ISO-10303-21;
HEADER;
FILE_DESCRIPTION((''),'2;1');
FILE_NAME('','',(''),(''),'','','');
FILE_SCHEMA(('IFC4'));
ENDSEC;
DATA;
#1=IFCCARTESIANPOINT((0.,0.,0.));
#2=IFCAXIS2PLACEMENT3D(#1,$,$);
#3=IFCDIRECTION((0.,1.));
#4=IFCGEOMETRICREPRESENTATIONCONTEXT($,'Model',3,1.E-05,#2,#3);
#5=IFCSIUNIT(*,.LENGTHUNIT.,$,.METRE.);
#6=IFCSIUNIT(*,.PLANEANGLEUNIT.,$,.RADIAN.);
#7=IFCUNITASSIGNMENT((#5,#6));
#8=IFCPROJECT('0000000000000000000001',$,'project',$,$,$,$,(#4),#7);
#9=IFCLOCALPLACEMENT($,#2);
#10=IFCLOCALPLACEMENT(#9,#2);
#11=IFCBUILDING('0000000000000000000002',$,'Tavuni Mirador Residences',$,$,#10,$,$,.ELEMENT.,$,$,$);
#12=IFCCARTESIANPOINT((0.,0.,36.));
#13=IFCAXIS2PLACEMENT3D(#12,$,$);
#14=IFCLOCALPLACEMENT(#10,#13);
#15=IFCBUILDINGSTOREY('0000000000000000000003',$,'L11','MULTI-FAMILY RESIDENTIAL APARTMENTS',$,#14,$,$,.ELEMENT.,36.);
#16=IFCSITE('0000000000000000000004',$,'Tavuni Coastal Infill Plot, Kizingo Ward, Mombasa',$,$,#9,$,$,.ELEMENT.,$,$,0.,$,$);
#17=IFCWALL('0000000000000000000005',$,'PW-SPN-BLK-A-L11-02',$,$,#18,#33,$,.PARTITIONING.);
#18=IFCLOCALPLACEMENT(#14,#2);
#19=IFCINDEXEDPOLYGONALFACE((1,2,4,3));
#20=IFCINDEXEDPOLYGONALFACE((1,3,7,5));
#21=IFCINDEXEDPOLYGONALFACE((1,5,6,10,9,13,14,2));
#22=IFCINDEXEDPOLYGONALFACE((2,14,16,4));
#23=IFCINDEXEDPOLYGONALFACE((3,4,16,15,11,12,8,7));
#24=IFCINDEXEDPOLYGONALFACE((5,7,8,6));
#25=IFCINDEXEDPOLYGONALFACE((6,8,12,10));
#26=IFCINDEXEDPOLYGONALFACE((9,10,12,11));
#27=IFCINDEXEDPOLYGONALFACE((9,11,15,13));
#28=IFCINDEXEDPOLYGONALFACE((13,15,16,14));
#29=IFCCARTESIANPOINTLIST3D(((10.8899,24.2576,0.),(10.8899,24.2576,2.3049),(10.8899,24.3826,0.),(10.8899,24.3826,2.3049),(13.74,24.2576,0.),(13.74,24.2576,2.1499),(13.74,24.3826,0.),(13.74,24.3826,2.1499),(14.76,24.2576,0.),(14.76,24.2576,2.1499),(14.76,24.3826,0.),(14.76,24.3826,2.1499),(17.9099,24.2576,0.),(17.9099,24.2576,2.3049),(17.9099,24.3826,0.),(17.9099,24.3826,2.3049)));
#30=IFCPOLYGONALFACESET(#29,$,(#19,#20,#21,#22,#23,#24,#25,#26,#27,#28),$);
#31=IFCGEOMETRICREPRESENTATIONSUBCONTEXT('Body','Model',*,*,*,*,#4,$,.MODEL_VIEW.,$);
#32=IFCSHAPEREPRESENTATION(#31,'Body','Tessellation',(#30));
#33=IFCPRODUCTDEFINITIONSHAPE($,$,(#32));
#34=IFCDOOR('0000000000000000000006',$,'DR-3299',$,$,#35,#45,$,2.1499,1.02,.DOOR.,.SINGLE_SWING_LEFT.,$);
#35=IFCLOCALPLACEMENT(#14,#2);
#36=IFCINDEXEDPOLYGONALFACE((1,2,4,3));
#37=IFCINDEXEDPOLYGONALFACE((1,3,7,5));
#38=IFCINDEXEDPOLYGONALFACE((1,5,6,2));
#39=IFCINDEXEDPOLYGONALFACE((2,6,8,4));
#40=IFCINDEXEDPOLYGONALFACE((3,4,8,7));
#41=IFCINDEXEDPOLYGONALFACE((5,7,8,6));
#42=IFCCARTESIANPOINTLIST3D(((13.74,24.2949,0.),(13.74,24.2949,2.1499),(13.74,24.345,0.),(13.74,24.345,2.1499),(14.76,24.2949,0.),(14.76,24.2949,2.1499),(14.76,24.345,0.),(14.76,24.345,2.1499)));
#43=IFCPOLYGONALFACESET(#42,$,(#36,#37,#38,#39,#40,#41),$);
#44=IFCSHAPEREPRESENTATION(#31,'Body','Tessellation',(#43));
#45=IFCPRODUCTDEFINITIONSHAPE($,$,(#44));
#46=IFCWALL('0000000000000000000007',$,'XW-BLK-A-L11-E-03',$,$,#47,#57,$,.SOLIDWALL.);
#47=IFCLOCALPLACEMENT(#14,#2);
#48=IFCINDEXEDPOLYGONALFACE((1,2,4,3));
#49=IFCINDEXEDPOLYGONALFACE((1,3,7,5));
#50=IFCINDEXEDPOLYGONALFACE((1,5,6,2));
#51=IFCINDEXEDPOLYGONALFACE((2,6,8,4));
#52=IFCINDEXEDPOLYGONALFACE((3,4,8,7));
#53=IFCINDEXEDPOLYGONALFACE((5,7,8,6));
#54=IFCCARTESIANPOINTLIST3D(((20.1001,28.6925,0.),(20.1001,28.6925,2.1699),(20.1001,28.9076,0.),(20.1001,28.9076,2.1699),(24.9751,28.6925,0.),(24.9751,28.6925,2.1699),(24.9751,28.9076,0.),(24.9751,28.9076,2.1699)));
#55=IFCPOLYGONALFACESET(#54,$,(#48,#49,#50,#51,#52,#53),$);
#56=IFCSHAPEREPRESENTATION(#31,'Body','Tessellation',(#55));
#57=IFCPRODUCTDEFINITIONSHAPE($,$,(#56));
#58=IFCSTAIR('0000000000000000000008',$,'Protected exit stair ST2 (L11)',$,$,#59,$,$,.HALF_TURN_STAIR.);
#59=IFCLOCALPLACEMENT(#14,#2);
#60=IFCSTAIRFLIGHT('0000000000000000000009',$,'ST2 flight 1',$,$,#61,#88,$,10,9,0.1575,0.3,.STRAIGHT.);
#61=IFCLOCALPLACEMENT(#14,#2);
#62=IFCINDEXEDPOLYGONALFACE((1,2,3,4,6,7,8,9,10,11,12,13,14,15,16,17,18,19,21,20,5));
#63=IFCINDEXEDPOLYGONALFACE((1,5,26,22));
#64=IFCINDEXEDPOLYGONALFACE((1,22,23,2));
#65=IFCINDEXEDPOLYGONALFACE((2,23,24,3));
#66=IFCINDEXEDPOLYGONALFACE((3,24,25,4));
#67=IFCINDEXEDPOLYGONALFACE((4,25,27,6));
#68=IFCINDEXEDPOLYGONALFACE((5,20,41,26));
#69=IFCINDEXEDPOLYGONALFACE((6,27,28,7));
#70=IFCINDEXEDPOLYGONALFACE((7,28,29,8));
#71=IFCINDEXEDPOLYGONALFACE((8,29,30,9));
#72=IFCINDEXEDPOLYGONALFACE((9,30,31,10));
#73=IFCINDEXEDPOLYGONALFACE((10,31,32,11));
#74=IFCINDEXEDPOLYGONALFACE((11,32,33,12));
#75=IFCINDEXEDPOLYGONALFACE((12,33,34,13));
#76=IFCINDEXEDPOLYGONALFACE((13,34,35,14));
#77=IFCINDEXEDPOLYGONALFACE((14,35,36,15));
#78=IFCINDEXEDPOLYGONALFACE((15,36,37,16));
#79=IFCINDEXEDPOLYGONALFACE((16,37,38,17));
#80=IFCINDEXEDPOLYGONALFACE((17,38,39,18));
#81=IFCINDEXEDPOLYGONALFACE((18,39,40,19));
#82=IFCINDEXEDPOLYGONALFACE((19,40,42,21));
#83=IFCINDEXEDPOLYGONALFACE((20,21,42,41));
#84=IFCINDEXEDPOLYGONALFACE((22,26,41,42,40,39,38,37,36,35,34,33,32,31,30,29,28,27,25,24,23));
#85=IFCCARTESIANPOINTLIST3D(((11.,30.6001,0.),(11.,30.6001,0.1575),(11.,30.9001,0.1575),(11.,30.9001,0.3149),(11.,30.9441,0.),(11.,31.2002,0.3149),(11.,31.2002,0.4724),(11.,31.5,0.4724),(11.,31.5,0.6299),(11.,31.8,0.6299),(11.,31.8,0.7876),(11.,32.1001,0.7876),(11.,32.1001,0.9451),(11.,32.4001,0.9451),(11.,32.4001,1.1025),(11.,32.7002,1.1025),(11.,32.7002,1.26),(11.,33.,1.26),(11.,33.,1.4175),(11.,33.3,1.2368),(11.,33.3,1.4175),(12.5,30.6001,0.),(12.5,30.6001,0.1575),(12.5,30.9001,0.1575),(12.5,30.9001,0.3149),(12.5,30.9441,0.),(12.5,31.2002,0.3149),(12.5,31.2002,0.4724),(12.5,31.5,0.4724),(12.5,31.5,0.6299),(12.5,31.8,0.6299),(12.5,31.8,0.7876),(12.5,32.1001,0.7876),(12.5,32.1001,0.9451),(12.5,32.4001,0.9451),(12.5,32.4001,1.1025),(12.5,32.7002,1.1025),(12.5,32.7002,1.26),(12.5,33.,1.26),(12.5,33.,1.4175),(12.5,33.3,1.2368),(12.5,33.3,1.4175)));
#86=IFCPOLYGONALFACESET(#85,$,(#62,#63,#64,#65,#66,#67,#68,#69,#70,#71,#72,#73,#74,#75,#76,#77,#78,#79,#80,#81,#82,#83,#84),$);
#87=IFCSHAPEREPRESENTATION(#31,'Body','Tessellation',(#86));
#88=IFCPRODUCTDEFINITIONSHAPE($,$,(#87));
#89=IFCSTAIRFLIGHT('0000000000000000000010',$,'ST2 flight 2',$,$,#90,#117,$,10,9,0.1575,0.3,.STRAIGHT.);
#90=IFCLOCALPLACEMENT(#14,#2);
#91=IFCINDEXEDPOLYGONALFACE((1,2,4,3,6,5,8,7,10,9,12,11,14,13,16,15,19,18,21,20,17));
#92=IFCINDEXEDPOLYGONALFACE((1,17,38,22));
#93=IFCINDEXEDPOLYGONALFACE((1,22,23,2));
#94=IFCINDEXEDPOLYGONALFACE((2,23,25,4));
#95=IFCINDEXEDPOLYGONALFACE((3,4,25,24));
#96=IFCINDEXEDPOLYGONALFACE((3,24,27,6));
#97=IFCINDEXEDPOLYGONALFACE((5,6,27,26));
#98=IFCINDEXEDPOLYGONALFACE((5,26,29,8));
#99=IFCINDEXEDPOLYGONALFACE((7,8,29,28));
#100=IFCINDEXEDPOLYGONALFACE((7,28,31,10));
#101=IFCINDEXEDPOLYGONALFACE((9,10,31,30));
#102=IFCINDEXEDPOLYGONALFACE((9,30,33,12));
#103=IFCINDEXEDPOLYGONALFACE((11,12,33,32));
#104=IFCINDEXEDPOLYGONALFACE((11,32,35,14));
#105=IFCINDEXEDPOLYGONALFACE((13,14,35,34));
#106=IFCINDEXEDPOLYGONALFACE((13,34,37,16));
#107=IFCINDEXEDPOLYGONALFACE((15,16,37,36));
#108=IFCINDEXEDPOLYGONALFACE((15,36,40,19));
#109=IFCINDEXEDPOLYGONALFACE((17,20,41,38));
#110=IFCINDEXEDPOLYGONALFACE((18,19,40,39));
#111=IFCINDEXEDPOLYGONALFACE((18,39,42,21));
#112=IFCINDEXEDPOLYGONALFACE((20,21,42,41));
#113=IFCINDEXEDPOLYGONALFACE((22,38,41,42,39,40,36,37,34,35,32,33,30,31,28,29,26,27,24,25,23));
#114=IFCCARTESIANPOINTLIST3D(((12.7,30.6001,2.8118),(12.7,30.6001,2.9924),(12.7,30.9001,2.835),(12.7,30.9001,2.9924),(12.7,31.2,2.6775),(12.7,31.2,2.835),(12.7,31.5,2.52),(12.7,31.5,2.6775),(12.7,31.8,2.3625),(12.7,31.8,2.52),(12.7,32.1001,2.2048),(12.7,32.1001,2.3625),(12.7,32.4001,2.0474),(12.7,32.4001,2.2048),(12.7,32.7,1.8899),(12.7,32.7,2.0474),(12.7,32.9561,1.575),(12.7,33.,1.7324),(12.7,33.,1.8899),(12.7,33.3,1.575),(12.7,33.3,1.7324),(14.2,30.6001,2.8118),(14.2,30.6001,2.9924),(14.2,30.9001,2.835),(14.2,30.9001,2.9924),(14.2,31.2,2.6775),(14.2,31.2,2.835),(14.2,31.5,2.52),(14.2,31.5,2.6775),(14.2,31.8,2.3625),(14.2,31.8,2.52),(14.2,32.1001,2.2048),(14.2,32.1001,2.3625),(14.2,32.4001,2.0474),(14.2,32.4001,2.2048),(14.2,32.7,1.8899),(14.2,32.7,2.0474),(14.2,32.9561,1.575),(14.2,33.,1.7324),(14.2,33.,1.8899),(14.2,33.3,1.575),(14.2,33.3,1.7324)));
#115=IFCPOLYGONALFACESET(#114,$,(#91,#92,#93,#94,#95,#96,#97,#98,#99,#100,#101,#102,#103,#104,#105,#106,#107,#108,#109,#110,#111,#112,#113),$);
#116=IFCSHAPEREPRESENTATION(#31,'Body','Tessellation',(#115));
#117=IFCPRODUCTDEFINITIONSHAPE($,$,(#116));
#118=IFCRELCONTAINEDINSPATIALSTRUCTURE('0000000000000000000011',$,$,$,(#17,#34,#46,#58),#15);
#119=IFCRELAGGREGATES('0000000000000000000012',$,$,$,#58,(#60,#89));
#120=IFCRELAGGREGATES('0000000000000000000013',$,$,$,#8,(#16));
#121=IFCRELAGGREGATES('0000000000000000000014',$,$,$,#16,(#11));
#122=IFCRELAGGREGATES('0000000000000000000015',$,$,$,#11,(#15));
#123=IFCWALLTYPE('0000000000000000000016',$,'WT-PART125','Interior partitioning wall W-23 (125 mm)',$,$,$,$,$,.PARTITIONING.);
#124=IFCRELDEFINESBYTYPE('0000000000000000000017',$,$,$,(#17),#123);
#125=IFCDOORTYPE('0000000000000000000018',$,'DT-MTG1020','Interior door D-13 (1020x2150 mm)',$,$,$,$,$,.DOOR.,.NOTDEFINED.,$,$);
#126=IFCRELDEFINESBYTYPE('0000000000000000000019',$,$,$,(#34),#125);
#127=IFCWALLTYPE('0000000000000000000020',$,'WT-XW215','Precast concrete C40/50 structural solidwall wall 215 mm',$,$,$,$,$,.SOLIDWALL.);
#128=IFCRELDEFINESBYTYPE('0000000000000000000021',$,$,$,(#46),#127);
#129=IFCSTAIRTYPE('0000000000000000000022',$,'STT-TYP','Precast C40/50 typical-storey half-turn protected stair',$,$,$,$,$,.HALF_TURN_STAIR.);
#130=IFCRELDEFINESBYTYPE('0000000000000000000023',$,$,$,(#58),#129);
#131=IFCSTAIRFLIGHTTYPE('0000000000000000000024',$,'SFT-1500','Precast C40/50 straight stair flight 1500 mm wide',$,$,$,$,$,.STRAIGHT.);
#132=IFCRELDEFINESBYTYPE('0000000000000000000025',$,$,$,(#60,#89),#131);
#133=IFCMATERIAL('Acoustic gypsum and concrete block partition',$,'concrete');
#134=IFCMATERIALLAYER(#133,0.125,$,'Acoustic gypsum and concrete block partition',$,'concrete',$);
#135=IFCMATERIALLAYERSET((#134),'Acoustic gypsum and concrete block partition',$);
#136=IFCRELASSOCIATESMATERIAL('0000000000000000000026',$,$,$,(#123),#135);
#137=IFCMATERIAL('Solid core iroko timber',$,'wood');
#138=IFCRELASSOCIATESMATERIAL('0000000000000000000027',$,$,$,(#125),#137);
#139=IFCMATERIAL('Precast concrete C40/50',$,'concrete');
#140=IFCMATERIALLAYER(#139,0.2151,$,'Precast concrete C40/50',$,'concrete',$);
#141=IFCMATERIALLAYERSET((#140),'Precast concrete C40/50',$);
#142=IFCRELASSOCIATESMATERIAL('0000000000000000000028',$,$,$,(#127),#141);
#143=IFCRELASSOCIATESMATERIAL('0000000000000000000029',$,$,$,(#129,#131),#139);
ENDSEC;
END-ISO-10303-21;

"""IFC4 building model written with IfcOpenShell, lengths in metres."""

from ifc_helpers import new_model, si_unit, direction, frame, frame_2d, origin, place, context, subcontext, project, spatial, polyline, rectangle, outline, extrude, material, layer, layer_set, type_object, element, fill, aggregate, save


model = new_model("IFC4")

# Units and contexts
model_context = context("Model", 3, precision=1e-05, world=origin(), true_north=direction((0.0, 1.0)))
body_context = subcontext(model_context, "Body", "Model", "MODEL_VIEW")
ifc_project = project(units=[si_unit("LENGTHUNIT", "METRE"), si_unit("PLANEANGLEUNIT", "RADIAN")], contexts=[model_context])

# Site, building, storey
site_placement = place(None, origin())
site = spatial("IfcSite", under=ifc_project, at=site_placement, Name="Tavuni Coastal Infill Plot, Kizingo Ward, Mombasa", CompositionType="ELEMENT", RefElevation=0.0)
building_placement = place(site_placement, origin())
building = spatial("IfcBuilding", under=site, at=building_placement, Name="Tavuni Mirador Residences", CompositionType="ELEMENT")
storey_placement = place(building_placement, frame((0.0, 0.0, 36.0)))
storey = spatial("IfcBuildingStorey", under=building, at=storey_placement, Name="L11", Description="MULTI-FAMILY RESIDENTIAL APARTMENTS", CompositionType="ELEMENT", Elevation=36.0)

# Shared definitions
ifc_material_1 = material(Name="Precast concrete C40/50", Category="concrete")

# Shared definitions
ifc_material_2 = material(Name="Solid core iroko timber", Category="wood")

# Wall, opening, door
ifc_material_3 = material(Name="Acoustic gypsum and concrete block partition", Category="concrete")
ifc_layer_1 = layer(ifc_material_3, 0.125, Name="Acoustic gypsum and concrete block partition", Category="concrete")
ifc_layer_set_1 = layer_set([ifc_layer_1], Name="Acoustic gypsum and concrete block partition")
wall_type_1 = type_object("IfcWallType", Name="WT-PART125", Description="Interior partitioning wall W-23 (125 mm)", PredefinedType="PARTITIONING", material=ifc_layer_set_1)
wall_1_placement = place(storey_placement, frame((10.8899, 24.3201, 0.0), z_axis=(0.0, 0.0, 1.0), x_axis=(1.0, 0.0, 0.0)))
wall_1 = element("IfcWall", 1, at=wall_1_placement, inside=storey, type_object=wall_type_1, Name="PW-SPN-BLK-A-L11-02", PredefinedType="PARTITIONING", context=body_context, shape_type="SweptSolid", body=[
    extrude(rectangle(XDim=7.02, YDim=0.125, at=frame_2d((3.51, 0.0))), origin(), (0.0, 0.0, 1.0), 2.3049),
])
opening_1_placement = place(wall_1_placement, frame((2.8501, 0.0, 0.0)))
opening_1 = element("IfcOpeningElement", 2, at=opening_1_placement, cuts=wall_1, PredefinedType="OPENING", context=body_context, shape_type="SweptSolid", body=[
    extrude(rectangle(XDim=1.02, YDim=2.1499, at=frame_2d((0.51, 1.075))), frame((0.0, 0.0725, 0.0), z_axis=(0.0, -1.0, 0.0), x_axis=(1.0, 0.0, 0.0)), (0.0, 0.0, 1.0), 0.145),
])
door_type_1 = type_object("IfcDoorType", Name="DT-MTG1020", Description="Interior door D-13 (1020x2150 mm)", OperationType="NOTDEFINED", PredefinedType="DOOR", material=ifc_material_2)
door_1_placement = place(opening_1_placement, origin())
door_1 = element("IfcDoor", 3, at=door_1_placement, inside=storey, type_object=door_type_1, Name="DR-3299", OperationType="SINGLE_SWING_LEFT", OverallHeight=2.1499, OverallWidth=1.02, PredefinedType="DOOR", context=body_context, shape_type="SweptSolid", body=[
    extrude(rectangle(XDim=1.02, YDim=2.1499, at=frame_2d((0.51, 1.075))), frame((0.0, 0.0249, 0.0), z_axis=(0.0, -1.0, 0.0), x_axis=(1.0, 0.0, 0.0)), (0.0, 0.0, 1.0), 0.05),
])
fill(opening_1, door_1)

# Wall
ifc_layer_2 = layer(ifc_material_1, 0.2151, Name="Precast concrete C40/50", Category="concrete")
ifc_layer_set_2 = layer_set([ifc_layer_2], Name="Precast concrete C40/50")
wall_type_2 = type_object("IfcWallType", Name="WT-XW215", Description="Precast concrete C40/50 structural solidwall wall 215 mm", PredefinedType="SOLIDWALL", material=ifc_layer_set_2)
wall_2_placement = place(storey_placement, frame((20.1001, 28.8, 0.0), z_axis=(0.0, 0.0, 1.0), x_axis=(1.0, 0.0, 0.0)))
element("IfcWall", 4, at=wall_2_placement, inside=storey, type_object=wall_type_2, Name="XW-BLK-A-L11-E-03", PredefinedType="SOLIDWALL", context=body_context, shape_type="SweptSolid", body=[
    extrude(rectangle(XDim=4.875, YDim=0.2151, at=frame_2d((2.4375, 0.0))), origin(), (0.0, 0.0, 1.0), 2.1699),
])

# Stair, stair flights
stair_type = type_object("IfcStairType", Name="STT-TYP", Description="Precast C40/50 typical-storey half-turn protected stair", PredefinedType="HALF_TURN_STAIR", material=ifc_material_1)
stair_placement = place(storey_placement, origin())
stair = element("IfcStair", 5, at=stair_placement, inside=storey, type_object=stair_type, Name="Protected exit stair ST2 (L11)", PredefinedType="HALF_TURN_STAIR")
stair_flight_type = type_object("IfcStairFlightType", Name="SFT-1500", Description="Precast C40/50 straight stair flight 1500 mm wide", PredefinedType="STRAIGHT", material=ifc_material_1)
stair_flight_1_placement = place(storey_placement, frame((11.75, 30.6001, 0.0), z_axis=(0.0, 0.0, 1.0), x_axis=(0.0, 1.0, 0.0)))
stair_flight_1 = element("IfcStairFlight", 6, at=stair_flight_1_placement, type_object=stair_flight_type, Name="ST2 flight 1", NumberOfRisers=10, NumberOfTreads=9, PredefinedType="STRAIGHT", RiserHeight=0.1575, TreadLength=0.3, context=body_context, shape_type="SweptSolid", body=[
    extrude(outline(polyline([(0.0, 0.0), (0.0, 0.1575), (0.3, 0.1575), (0.3, 0.3149), (0.6001, 0.3149), (0.6001, 0.4724), (0.8999, 0.4724), (0.8999, 0.6299), (1.2, 0.6299), (1.2, 0.7876), (1.5, 0.7876), (1.5, 0.9451), (1.8, 0.9451), (1.8, 1.1025), (2.1001, 1.1025), (2.1001, 1.26), (2.3999, 1.26), (2.3999, 1.4175), (2.7, 1.4175), (2.7, 1.575), (2.7, 1.2368), (0.344, 0.0), (0.0, 0.0)])), frame((0.0, 0.75, 0.0), z_axis=(0.0, -1.0, 0.0), x_axis=(1.0, 0.0, 0.0)), (0.0, 0.0, 1.0), 1.5),
])
stair_flight_2_placement = place(storey_placement, frame((13.45, 33.3, 1.575), z_axis=(0.0, 0.0, 1.0), x_axis=(0.0, -1.0, 0.0)))
stair_flight_2 = element("IfcStairFlight", 7, at=stair_flight_2_placement, type_object=stair_flight_type, Name="ST2 flight 2", NumberOfRisers=10, NumberOfTreads=9, PredefinedType="STRAIGHT", RiserHeight=0.1575, TreadLength=0.3, context=body_context, shape_type="SweptSolid", body=[
    extrude(outline(polyline([(0.0, 0.0), (0.0, 0.1575), (0.3, 0.1575), (0.3, 0.3149), (0.6001, 0.3149), (0.6001, 0.4724), (0.8999, 0.4724), (0.8999, 0.6299), (1.2, 0.6299), (1.2, 0.7876), (1.5, 0.7876), (1.5, 0.9451), (1.8, 0.9451), (1.8, 1.1025), (2.1001, 1.1025), (2.1001, 1.26), (2.3999, 1.26), (2.3999, 1.4175), (2.7, 1.4175), (2.7, 1.575), (2.7, 1.2368), (0.344, 0.0), (0.0, 0.0)])), frame((0.0, 0.75, 0.0), z_axis=(0.0, -1.0, 0.0), x_axis=(1.0, 0.0, 0.0)), (0.0, 0.0, 1.0), 1.5),
])
aggregate(stair, [stair_flight_1, stair_flight_2])

save(model, "model.ifc")
